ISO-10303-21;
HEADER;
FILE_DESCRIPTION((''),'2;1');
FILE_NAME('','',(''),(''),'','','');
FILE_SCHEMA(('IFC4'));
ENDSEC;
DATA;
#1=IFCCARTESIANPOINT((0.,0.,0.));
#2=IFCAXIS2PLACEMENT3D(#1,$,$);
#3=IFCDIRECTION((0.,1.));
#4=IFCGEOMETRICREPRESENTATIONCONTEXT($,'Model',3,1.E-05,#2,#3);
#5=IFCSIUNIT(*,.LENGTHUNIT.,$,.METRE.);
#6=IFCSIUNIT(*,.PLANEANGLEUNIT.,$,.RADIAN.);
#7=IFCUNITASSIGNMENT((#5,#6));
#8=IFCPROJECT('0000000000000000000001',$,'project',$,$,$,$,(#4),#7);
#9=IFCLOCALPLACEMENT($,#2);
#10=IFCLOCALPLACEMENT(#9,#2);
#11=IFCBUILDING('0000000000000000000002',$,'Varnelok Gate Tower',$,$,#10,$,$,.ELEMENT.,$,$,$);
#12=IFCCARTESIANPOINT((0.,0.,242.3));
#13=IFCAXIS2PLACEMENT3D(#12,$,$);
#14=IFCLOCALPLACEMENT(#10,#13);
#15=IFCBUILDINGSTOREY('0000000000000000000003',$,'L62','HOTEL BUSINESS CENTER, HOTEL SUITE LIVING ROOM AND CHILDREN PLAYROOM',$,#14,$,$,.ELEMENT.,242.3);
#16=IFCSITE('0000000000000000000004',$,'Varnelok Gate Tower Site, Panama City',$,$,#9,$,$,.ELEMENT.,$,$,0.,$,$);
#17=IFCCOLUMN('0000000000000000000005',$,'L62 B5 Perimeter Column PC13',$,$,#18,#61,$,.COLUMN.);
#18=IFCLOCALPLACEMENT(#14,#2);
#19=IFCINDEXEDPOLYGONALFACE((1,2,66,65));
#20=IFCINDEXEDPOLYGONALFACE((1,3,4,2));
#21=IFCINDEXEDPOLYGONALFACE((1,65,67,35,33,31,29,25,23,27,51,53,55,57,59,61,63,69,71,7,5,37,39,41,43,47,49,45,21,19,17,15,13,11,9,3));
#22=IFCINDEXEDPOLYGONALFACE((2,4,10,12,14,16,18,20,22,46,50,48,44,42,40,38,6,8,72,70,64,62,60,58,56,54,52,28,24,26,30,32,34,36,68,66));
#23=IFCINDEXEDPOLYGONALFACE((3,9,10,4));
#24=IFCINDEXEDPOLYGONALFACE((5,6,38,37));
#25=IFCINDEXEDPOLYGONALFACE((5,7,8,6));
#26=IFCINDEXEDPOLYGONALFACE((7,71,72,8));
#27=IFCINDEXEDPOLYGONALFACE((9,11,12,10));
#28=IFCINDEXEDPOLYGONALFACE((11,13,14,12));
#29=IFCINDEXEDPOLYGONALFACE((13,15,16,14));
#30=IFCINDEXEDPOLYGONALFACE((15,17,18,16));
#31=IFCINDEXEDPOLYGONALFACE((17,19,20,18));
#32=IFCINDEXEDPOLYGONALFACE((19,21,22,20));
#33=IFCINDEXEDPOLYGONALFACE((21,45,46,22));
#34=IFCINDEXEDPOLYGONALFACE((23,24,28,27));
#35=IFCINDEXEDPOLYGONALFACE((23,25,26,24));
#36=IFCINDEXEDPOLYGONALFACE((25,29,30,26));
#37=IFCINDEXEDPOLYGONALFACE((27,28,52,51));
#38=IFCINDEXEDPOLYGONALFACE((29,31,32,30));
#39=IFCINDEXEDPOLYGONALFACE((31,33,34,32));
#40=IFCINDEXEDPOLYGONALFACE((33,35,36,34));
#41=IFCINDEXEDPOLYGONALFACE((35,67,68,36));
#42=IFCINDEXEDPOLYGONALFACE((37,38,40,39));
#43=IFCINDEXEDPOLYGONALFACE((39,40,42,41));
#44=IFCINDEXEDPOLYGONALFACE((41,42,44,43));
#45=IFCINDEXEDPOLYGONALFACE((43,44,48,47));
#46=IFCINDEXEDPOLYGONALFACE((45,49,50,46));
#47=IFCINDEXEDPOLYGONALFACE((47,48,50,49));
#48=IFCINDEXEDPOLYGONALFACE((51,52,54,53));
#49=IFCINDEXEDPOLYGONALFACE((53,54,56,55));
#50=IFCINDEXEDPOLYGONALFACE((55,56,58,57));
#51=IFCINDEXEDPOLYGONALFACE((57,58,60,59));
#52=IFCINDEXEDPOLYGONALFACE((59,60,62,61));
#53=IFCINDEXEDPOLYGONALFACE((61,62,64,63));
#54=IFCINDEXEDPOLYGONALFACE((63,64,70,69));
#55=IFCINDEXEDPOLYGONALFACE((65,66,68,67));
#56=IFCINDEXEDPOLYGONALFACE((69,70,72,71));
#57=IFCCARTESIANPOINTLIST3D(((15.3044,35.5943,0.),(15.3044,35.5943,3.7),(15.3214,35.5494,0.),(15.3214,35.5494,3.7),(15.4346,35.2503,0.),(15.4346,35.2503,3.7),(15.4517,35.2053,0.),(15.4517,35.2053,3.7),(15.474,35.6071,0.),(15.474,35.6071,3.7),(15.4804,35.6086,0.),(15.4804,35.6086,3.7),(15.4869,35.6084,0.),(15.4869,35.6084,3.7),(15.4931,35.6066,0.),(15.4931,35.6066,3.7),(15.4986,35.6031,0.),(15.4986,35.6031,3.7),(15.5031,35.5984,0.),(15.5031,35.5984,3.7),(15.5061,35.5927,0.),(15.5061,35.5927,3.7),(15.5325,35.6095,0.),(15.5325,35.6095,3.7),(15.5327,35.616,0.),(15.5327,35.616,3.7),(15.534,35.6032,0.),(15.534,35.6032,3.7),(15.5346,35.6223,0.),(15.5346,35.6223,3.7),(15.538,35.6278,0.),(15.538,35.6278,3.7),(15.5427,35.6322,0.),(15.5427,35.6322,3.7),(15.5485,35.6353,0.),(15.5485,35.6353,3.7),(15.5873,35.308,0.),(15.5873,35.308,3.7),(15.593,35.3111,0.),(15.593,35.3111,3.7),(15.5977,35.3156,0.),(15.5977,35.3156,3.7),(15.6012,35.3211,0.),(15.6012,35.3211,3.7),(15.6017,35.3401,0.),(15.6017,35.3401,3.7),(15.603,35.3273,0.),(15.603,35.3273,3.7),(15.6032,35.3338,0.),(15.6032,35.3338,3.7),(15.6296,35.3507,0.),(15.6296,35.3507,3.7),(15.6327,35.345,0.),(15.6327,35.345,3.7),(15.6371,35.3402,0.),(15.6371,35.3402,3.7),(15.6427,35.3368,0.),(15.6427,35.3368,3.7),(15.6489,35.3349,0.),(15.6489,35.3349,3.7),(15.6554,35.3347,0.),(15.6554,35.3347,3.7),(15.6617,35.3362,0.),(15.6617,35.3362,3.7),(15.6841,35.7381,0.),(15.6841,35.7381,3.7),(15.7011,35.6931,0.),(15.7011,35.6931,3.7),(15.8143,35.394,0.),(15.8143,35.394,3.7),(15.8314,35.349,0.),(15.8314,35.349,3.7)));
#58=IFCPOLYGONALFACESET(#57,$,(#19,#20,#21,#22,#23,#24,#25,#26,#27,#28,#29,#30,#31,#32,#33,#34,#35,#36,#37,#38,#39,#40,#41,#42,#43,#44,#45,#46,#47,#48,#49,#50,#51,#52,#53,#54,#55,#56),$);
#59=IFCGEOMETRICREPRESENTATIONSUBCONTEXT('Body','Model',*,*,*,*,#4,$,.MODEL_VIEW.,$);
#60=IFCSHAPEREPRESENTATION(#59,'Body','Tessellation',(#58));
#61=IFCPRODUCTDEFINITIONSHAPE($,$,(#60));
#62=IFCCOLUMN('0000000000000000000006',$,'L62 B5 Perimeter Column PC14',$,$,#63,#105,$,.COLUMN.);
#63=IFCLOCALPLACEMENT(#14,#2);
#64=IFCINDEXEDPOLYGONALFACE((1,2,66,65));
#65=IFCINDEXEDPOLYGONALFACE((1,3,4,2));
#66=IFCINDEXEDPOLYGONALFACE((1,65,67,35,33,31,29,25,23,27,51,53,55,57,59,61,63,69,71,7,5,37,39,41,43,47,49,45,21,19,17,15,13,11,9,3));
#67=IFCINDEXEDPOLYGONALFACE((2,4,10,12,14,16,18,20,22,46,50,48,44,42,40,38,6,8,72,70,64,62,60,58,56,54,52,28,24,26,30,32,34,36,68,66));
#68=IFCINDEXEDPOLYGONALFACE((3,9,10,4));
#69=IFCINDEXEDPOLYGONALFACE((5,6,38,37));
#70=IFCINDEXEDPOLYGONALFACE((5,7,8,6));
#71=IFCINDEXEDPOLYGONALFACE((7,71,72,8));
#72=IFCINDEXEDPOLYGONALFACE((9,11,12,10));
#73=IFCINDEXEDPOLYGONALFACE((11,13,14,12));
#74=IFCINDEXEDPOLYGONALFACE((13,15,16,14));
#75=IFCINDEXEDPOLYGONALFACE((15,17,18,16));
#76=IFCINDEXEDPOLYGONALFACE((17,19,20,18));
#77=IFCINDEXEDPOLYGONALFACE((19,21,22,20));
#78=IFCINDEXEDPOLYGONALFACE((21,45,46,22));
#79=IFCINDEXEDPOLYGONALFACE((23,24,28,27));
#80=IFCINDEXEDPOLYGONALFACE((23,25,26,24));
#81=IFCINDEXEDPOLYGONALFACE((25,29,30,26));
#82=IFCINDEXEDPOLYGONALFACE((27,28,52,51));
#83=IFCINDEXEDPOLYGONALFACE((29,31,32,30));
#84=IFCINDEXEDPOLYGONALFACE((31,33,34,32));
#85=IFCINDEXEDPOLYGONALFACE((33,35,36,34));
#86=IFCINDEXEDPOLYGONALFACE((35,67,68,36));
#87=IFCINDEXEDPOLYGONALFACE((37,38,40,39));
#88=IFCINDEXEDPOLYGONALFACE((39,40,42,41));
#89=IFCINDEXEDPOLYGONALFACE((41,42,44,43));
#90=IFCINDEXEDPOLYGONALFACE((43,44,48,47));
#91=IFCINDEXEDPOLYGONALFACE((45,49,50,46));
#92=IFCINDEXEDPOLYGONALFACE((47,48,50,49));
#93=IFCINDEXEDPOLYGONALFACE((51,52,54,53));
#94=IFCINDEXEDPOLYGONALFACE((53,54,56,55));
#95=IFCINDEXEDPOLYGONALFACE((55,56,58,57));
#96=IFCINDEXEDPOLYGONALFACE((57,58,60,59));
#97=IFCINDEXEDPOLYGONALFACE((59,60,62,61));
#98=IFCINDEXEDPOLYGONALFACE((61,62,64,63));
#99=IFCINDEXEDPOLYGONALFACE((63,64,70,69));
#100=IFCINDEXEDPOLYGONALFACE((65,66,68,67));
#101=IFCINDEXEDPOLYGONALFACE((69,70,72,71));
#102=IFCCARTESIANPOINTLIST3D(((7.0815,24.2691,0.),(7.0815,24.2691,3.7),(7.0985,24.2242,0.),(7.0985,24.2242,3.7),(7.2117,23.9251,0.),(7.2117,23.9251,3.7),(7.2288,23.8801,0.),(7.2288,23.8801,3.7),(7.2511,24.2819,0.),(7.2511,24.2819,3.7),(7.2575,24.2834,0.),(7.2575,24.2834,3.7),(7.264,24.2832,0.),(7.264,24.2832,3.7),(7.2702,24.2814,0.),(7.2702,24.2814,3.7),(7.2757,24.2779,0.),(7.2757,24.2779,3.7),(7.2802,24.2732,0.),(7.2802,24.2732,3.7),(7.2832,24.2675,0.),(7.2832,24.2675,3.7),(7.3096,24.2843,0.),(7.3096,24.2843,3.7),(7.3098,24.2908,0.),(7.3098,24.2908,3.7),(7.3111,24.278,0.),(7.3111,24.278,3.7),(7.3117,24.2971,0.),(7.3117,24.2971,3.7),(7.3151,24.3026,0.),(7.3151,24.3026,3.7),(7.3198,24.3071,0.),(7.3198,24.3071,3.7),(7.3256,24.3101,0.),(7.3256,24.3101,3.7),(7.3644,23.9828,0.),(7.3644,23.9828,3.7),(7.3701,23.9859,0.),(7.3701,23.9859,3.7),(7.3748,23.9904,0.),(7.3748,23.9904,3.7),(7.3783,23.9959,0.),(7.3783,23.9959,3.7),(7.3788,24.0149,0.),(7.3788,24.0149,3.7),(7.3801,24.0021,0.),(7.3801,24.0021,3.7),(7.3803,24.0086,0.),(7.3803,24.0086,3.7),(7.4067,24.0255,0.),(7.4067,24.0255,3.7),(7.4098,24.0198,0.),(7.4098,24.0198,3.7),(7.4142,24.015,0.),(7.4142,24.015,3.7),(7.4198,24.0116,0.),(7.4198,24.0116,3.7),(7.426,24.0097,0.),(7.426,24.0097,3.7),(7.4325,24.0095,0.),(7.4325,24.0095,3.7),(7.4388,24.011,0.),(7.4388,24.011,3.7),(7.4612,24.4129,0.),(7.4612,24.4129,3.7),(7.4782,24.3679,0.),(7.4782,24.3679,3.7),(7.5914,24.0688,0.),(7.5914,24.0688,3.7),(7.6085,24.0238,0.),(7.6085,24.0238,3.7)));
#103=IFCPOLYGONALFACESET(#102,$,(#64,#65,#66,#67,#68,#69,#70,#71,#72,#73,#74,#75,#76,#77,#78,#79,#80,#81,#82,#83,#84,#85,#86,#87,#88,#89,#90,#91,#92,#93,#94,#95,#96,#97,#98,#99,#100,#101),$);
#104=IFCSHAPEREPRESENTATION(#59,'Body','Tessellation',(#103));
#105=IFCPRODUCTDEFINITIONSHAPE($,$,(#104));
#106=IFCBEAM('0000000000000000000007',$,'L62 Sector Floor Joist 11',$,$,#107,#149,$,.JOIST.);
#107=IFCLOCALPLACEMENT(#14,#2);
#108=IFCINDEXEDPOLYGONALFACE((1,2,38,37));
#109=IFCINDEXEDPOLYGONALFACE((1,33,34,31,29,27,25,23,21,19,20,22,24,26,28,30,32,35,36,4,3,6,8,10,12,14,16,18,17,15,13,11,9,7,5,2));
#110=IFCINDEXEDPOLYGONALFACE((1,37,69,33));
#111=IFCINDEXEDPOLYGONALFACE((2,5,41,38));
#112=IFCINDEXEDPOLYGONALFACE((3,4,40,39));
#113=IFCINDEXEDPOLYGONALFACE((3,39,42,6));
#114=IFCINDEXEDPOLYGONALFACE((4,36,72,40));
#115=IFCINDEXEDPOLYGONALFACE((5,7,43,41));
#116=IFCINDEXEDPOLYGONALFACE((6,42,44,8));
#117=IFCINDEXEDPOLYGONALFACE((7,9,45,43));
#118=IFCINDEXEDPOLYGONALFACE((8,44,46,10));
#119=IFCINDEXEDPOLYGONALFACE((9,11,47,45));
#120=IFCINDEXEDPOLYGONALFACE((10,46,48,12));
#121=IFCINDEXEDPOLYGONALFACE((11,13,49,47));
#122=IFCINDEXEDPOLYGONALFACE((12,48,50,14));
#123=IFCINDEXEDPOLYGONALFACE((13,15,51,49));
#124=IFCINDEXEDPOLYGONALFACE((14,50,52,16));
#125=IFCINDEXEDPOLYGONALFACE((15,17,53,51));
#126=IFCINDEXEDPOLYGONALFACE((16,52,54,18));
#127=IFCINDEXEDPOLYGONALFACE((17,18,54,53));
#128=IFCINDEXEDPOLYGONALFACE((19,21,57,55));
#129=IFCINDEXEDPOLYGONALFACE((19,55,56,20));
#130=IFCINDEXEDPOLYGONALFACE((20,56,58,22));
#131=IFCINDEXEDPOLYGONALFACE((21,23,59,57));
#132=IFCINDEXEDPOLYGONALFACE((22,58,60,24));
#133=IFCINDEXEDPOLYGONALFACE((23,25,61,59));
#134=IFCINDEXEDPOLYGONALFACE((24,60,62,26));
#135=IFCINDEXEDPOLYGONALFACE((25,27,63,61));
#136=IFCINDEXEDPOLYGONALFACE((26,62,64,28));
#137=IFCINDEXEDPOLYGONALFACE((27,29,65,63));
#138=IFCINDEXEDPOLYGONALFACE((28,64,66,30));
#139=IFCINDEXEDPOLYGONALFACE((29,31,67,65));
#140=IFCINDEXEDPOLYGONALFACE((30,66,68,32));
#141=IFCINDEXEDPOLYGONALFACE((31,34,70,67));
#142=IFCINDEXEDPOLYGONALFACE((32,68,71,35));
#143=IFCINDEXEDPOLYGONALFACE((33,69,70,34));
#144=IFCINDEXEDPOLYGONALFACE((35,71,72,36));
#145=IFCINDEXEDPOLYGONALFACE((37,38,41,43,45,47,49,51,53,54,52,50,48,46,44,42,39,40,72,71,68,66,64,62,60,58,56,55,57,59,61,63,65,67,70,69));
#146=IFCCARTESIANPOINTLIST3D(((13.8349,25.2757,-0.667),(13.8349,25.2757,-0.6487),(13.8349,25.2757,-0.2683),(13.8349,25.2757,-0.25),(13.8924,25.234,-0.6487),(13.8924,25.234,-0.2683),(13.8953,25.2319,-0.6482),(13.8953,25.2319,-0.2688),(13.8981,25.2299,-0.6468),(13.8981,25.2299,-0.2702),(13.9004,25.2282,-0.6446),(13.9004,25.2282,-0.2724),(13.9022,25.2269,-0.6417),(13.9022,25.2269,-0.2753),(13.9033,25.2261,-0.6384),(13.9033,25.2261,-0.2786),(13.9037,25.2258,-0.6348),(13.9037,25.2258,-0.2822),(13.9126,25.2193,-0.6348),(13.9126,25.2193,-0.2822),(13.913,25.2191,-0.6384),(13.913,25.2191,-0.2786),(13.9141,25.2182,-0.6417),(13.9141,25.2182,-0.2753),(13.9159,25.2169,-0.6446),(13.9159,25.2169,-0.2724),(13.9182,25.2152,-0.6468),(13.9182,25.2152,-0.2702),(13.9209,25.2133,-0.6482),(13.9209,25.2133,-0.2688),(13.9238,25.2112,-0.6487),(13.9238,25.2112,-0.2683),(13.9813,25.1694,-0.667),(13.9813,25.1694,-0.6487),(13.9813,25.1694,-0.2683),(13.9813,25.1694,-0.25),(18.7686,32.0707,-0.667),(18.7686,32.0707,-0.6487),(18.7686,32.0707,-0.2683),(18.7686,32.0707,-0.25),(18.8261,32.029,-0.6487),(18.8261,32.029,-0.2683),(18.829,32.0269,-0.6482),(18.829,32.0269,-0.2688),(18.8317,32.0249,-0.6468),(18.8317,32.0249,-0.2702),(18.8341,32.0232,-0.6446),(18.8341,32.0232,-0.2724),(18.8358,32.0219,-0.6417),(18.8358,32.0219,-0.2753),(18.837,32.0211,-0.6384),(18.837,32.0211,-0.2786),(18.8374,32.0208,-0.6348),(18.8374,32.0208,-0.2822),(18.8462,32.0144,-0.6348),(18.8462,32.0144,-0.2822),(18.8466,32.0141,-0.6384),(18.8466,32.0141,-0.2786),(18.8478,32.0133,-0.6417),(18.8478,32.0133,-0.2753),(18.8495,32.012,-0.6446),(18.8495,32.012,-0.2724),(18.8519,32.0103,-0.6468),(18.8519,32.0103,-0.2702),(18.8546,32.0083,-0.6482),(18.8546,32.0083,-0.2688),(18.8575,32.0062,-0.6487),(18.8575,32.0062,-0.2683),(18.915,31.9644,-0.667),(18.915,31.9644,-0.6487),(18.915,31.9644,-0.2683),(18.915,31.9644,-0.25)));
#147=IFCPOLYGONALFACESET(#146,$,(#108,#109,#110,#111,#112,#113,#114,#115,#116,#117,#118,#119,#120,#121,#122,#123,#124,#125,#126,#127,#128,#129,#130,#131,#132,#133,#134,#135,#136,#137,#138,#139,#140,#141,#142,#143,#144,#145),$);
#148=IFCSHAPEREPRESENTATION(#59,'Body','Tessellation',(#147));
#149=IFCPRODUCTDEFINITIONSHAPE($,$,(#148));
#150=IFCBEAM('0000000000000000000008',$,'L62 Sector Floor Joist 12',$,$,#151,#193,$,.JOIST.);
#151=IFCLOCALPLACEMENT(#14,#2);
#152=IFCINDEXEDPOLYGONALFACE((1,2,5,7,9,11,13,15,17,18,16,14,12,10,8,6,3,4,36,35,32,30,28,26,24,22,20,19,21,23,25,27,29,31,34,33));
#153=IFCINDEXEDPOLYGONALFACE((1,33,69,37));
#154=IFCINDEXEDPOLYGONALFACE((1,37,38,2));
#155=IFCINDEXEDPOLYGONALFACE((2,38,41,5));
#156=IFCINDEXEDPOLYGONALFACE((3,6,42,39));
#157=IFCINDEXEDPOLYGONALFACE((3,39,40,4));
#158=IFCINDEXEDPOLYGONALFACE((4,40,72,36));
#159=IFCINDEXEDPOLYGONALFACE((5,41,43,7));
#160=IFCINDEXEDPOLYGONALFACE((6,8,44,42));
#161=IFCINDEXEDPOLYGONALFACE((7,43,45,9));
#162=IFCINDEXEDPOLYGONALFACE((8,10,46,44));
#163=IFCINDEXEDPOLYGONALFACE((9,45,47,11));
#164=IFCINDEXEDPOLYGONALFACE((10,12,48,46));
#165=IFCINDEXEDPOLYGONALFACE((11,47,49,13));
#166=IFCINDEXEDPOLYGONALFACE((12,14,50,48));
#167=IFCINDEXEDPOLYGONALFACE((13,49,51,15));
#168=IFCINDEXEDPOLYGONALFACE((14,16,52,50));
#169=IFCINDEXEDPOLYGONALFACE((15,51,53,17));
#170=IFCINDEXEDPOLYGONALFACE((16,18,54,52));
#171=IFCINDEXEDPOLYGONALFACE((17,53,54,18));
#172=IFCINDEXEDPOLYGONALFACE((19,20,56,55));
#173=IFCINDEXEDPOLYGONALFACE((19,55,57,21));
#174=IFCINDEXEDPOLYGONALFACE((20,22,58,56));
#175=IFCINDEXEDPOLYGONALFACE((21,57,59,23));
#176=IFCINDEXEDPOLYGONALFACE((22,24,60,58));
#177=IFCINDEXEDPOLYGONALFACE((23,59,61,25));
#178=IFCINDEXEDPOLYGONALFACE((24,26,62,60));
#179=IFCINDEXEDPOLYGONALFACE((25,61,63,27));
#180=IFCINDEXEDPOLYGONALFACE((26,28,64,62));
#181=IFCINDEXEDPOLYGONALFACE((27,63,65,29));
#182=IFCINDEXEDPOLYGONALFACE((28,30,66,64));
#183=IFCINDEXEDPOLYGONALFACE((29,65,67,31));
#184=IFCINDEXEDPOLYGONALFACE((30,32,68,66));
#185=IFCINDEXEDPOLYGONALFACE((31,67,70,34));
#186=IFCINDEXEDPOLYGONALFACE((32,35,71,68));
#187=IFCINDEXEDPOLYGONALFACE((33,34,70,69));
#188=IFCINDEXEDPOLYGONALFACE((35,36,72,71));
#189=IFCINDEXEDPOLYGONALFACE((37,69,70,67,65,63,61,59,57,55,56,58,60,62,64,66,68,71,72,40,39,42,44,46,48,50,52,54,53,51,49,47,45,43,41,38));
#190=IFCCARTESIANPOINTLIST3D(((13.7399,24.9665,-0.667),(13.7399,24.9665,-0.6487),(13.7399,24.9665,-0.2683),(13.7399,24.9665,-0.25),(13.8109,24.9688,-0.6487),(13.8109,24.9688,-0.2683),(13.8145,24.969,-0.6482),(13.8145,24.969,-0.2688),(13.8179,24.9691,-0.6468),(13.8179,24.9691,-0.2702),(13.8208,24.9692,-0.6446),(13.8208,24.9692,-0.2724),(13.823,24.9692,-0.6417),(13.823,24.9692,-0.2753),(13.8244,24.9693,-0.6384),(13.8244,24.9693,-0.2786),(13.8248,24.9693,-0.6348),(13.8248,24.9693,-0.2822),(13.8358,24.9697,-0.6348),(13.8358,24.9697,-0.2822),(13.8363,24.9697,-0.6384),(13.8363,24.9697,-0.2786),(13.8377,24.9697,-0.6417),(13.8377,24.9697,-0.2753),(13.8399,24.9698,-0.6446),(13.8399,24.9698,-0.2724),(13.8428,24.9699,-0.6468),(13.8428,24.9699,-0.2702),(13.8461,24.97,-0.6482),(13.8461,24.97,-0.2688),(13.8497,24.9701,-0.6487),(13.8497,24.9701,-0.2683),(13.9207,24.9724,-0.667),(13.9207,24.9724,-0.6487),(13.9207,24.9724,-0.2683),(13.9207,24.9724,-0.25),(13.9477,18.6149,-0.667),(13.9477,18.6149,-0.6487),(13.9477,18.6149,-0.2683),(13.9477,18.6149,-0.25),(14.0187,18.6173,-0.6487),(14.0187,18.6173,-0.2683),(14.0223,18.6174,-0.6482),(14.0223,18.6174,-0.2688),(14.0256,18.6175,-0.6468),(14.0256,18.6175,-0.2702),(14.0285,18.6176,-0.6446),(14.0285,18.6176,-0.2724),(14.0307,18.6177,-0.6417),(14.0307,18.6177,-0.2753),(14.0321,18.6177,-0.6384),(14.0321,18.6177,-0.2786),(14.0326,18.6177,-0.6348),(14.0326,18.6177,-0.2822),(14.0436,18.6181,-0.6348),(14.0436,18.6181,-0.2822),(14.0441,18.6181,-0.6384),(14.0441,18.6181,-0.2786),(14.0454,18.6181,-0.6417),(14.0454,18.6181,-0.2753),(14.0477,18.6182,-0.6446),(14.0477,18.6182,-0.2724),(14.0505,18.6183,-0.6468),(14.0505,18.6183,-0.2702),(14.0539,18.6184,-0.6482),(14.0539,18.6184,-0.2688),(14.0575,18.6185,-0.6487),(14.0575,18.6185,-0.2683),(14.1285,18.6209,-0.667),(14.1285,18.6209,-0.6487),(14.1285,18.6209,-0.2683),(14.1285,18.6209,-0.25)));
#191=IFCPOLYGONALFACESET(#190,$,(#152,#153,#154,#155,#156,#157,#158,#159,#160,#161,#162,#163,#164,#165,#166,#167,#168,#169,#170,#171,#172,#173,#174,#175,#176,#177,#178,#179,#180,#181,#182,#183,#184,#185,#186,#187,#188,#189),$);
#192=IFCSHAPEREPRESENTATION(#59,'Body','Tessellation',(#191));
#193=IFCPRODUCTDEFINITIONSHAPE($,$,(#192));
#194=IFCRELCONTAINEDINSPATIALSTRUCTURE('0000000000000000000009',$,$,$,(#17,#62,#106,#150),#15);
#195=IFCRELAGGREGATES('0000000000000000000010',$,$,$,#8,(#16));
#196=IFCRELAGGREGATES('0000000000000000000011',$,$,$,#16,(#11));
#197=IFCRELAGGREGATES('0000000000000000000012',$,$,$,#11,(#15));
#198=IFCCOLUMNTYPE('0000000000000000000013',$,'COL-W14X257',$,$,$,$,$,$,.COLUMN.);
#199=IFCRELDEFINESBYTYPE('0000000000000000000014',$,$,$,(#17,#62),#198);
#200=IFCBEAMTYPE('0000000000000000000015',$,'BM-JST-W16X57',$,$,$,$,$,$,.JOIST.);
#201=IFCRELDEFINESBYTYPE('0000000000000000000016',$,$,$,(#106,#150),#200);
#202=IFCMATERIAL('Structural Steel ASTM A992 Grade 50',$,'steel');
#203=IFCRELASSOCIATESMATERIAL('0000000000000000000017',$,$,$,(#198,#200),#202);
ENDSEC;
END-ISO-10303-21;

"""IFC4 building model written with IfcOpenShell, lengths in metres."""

from ifc_helpers import new_model, si_unit, direction, frame, origin, origin_2d, place, context, subcontext, project, spatial, i_section, extrude, material, material_profile, profile_set, type_object, element, save


model = new_model("IFC4")

# Units and contexts
model_context = context("Model", 3, precision=1e-05, world=origin(), true_north=direction((0.0, 1.0)))
body_context = subcontext(model_context, "Body", "Model", "MODEL_VIEW")
ifc_project = project(units=[si_unit("LENGTHUNIT", "METRE"), si_unit("PLANEANGLEUNIT", "RADIAN")], contexts=[model_context])

# Site, building, storey
site_placement = place(None, origin())
site = spatial("IfcSite", under=ifc_project, at=site_placement, Name="Varnelok Gate Tower Site, Panama City", CompositionType="ELEMENT", RefElevation=0.0)
building_placement = place(site_placement, origin())
building = spatial("IfcBuilding", under=site, at=building_placement, Name="Varnelok Gate Tower", CompositionType="ELEMENT")
storey_placement = place(building_placement, frame((0.0, 0.0, 242.3)))
storey = spatial("IfcBuildingStorey", under=building, at=storey_placement, Name="L62", Description="HOTEL BUSINESS CENTER, HOTEL SUITE LIVING ROOM AND CHILDREN PLAYROOM", CompositionType="ELEMENT", Elevation=242.3)

# Columns
ifc_material_1 = material(Name="Structural Steel ASTM A992 Grade 50", Category="steel")
ifc_material_profile_1 = material_profile(ifc_material_1, i_section(OverallWidth=0.406, OverallDepth=0.416, WebThickness=0.0298, FlangeThickness=0.0481, FilletRadius=0.0249, at=origin_2d()), Name="W14X257")
ifc_profile_set_1 = profile_set([ifc_material_profile_1], Name="Structural Steel ASTM A992 Grade 50")
column_type = type_object("IfcColumnType", Name="COL-W14X257", PredefinedType="COLUMN", material=ifc_profile_set_1)
for number, where, z_axis, x_axis, name in (
    (1, (15.5679, 35.4717, 0.0), (0.0, 0.0, 1.0), (0.935222, 0.354063, 0.0), "L62 B5 Perimeter Column PC13"),
    (2, (7.345, 24.1465, 0.0), (0.0, 0.0, 1.0), (0.935222, 0.354063, 0.0), "L62 B5 Perimeter Column PC14"),
):
    element("IfcColumn", number, at=place(storey_placement, frame(where, z_axis=z_axis, x_axis=x_axis)), inside=storey, type_object=column_type, Name=name, PredefinedType="COLUMN", context=body_context, shape_type="SweptSolid", body=[
        extrude(i_section(OverallWidth=0.406, OverallDepth=0.416, WebThickness=0.0298, FlangeThickness=0.0481, FilletRadius=0.0249, at=origin_2d()), origin(), (0.0, 0.0, 1.0), 3.7),
    ])

# Beams
ifc_material_profile_2 = material_profile(ifc_material_1, i_section(OverallWidth=0.1809, OverallDepth=0.417, WebThickness=0.011, FlangeThickness=0.0183, FilletRadius=0.0139, at=origin_2d()), Name="W16X57")
ifc_profile_set_2 = profile_set([ifc_material_profile_2], Name="Structural Steel ASTM A992 Grade 50")
beam_type_1 = type_object("IfcBeamType", Name="BM-JST-W16X57", PredefinedType="JOIST", material=ifc_profile_set_2)
beam_1_placement = place(storey_placement, frame((18.8418, 32.0176, -0.4585), z_axis=(-0.587535, -0.809199, 0.0), x_axis=(0.809199, -0.587535, 0.0)))
element("IfcBeam", 3, at=beam_1_placement, inside=storey, type_object=beam_type_1, Name="L62 Sector Floor Joist 11", PredefinedType="JOIST", context=body_context, shape_type="SweptSolid", body=[
    extrude(i_section(OverallWidth=0.1809, OverallDepth=0.417, WebThickness=0.011, FlangeThickness=0.0183, FilletRadius=0.0139, at=origin_2d()), origin(), (0.0, 0.0, 1.0), 8.3972),
])
beam_2_placement = place(storey_placement, frame((13.8303, 24.9695, -0.4585), z_axis=(0.032693, -0.999465, 0.0), x_axis=(0.999465, 0.032693, 0.0)))
element("IfcBeam", 4, at=beam_2_placement, inside=storey, type_object=beam_type_1, Name="L62 Sector Floor Joist 12", PredefinedType="JOIST", context=body_context, shape_type="SweptSolid", body=[
    extrude(i_section(OverallWidth=0.1809, OverallDepth=0.417, WebThickness=0.011, FlangeThickness=0.0183, FilletRadius=0.0139, at=origin_2d()), origin(), (0.0, 0.0, 1.0), 6.355),
])

save(model, "model.ifc")
